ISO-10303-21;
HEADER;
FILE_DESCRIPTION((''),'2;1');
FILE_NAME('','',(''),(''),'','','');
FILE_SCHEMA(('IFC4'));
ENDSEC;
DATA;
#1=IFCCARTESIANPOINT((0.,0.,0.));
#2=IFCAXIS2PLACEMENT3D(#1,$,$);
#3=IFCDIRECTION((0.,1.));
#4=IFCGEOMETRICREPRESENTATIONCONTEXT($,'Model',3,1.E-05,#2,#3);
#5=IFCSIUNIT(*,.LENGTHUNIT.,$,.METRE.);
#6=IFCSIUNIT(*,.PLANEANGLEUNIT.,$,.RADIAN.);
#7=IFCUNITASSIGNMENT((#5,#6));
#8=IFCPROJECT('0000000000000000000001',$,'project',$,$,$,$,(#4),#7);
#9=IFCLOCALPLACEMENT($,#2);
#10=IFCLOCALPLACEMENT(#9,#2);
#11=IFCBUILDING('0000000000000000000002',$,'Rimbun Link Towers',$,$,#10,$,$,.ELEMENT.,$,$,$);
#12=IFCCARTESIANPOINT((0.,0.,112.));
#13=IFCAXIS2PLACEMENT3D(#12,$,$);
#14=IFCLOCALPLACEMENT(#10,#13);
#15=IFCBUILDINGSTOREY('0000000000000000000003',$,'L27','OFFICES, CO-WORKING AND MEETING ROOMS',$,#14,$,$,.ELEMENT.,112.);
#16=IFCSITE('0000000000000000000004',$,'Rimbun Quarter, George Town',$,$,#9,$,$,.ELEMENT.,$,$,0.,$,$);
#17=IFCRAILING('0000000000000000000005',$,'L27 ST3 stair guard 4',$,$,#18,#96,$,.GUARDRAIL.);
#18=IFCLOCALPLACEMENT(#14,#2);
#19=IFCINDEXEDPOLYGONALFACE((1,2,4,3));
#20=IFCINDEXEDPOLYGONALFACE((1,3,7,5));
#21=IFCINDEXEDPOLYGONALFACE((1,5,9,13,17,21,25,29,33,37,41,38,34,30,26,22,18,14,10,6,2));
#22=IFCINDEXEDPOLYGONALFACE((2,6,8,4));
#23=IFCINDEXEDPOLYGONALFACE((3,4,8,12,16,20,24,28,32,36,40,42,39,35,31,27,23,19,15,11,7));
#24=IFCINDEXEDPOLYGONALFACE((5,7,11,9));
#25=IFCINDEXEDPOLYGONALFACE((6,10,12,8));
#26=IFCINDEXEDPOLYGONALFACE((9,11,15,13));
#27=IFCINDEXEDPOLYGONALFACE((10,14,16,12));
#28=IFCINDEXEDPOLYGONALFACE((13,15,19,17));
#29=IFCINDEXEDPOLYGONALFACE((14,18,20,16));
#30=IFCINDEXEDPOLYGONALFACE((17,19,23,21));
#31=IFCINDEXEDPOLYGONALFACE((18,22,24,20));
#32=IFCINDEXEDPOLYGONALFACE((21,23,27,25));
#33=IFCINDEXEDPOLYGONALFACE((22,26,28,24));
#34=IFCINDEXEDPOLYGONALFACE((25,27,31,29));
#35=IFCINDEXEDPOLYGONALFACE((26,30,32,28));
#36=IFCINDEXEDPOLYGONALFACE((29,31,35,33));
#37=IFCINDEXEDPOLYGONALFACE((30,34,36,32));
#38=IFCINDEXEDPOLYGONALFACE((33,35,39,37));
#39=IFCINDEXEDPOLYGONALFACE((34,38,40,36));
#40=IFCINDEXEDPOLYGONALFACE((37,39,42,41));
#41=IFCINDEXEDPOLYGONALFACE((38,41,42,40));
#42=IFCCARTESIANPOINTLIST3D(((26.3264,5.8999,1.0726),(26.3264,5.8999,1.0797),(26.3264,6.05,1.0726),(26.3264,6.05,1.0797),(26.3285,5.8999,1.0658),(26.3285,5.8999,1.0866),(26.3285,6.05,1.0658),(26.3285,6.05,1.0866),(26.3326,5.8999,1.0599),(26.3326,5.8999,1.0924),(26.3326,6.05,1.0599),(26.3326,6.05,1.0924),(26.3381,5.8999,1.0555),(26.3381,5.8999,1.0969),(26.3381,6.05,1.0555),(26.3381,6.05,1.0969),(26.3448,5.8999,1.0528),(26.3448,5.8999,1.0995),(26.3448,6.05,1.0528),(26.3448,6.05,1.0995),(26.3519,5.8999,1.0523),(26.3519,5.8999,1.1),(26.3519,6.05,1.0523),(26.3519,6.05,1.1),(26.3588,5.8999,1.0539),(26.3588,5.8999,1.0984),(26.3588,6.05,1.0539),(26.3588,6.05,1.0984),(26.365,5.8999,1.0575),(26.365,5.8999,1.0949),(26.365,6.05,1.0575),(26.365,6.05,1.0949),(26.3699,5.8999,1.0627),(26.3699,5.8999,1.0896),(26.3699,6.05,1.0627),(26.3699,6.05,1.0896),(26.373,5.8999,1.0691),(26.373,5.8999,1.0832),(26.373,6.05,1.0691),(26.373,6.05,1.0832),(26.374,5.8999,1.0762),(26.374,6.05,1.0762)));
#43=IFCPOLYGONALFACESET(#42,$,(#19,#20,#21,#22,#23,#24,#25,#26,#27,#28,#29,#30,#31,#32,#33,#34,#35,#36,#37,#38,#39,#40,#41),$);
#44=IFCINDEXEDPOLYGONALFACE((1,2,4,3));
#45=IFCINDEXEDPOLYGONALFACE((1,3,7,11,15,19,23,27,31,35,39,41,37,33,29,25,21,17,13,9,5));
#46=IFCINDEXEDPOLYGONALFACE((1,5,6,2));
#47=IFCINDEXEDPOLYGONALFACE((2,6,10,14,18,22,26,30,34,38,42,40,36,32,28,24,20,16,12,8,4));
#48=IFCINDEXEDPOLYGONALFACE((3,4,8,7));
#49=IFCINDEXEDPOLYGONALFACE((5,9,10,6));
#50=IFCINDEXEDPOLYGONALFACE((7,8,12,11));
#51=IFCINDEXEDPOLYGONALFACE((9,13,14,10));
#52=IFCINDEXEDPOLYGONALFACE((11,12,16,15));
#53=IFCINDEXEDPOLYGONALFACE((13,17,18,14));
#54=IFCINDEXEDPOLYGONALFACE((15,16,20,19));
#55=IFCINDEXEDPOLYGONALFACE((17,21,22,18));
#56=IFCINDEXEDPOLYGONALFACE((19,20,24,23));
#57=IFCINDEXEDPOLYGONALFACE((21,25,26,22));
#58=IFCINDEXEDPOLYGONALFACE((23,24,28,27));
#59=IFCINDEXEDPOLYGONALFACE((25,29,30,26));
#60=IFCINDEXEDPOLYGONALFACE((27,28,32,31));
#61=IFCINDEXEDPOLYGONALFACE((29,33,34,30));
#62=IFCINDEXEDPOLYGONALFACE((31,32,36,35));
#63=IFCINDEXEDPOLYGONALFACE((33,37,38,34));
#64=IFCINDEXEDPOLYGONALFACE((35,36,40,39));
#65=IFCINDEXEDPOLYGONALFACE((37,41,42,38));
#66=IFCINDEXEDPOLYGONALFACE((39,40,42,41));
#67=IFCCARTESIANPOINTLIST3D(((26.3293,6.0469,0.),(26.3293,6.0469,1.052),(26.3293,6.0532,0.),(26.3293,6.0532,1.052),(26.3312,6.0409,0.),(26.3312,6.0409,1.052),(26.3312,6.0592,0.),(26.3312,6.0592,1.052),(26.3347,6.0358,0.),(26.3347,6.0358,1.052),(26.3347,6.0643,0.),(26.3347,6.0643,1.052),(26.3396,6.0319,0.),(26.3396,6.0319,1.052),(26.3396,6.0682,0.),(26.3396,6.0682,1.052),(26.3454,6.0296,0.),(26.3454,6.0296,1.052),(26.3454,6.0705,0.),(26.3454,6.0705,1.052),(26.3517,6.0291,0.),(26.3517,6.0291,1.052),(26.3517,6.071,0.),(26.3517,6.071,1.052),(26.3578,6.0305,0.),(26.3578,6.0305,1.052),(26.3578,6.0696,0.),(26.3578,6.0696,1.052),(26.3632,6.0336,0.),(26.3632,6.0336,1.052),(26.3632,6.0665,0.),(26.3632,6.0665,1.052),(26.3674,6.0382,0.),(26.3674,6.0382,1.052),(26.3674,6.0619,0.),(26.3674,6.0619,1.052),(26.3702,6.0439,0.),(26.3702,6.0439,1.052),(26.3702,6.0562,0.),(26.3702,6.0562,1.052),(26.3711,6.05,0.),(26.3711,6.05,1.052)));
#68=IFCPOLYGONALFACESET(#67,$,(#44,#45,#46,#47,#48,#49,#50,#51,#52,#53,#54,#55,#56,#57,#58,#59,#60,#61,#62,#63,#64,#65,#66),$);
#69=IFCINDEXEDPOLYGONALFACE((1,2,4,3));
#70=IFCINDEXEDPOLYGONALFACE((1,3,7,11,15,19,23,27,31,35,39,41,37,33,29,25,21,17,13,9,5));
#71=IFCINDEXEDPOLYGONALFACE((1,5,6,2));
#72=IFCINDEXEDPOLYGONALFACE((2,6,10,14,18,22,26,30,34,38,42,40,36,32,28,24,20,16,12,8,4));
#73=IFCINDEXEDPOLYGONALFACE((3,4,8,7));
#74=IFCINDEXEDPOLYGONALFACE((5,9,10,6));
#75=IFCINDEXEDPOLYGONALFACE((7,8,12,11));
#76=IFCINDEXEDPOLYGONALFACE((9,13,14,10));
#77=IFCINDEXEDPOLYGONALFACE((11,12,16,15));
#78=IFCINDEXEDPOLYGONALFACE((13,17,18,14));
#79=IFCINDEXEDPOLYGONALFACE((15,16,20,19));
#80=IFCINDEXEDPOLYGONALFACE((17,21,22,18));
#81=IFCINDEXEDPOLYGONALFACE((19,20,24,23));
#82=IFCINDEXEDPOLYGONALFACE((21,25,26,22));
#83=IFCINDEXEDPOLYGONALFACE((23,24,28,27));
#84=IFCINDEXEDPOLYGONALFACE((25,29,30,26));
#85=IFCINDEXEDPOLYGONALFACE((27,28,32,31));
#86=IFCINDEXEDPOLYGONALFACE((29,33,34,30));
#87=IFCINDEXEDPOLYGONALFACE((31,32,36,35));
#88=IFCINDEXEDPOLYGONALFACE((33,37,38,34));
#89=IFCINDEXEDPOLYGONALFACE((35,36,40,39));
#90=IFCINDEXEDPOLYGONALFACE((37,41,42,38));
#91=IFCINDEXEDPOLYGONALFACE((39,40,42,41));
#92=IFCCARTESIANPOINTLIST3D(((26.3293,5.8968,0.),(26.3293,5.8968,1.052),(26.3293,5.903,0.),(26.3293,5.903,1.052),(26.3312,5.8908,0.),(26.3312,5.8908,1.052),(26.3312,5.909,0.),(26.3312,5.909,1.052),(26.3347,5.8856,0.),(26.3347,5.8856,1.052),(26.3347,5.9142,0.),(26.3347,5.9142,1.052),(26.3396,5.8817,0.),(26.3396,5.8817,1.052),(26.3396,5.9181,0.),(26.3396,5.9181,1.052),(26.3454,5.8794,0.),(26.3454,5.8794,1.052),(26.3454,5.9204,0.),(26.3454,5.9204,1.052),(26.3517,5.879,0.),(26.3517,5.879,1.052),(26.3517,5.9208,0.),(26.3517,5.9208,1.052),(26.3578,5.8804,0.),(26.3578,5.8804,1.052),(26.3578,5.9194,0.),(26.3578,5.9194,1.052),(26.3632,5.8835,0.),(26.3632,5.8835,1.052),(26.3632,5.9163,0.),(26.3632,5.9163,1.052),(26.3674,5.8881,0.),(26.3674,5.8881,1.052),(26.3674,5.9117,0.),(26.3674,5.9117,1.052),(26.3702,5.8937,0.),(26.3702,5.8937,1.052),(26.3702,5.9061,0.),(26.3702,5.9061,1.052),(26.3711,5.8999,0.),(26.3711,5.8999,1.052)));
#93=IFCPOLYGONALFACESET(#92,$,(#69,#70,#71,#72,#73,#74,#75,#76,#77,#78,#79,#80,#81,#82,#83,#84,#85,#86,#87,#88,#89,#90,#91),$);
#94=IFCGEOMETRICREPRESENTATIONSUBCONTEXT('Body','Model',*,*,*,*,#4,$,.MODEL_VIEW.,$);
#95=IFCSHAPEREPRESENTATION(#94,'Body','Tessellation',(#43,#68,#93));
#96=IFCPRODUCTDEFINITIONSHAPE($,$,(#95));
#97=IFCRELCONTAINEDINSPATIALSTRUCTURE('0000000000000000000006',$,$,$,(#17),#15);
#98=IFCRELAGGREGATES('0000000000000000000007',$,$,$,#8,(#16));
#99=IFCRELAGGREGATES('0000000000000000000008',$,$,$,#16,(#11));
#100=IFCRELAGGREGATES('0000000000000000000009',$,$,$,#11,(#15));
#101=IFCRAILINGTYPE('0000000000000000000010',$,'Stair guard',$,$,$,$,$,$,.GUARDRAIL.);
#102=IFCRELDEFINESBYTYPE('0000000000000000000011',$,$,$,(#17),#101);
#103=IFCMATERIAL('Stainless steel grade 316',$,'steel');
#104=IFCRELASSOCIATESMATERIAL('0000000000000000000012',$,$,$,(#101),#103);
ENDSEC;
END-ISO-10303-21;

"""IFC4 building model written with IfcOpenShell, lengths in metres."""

from ifc_helpers import new_model, si_unit, direction, frame, origin, origin_2d, place, context, subcontext, project, spatial, circle, extrude, material, type_object, element, save


model = new_model("IFC4")

# Units and contexts
model_context = context("Model", 3, precision=1e-05, world=origin(), true_north=direction((0.0, 1.0)))
body_context = subcontext(model_context, "Body", "Model", "MODEL_VIEW")
ifc_project = project(units=[si_unit("LENGTHUNIT", "METRE"), si_unit("PLANEANGLEUNIT", "RADIAN")], contexts=[model_context])

# Site, building, storey
site_placement = place(None, origin())
site = spatial("IfcSite", under=ifc_project, at=site_placement, Name="Rimbun Quarter, George Town", CompositionType="ELEMENT", RefElevation=0.0)
building_placement = place(site_placement, origin())
building = spatial("IfcBuilding", under=site, at=building_placement, Name="Rimbun Link Towers", CompositionType="ELEMENT")
storey_placement = place(building_placement, frame((0.0, 0.0, 112.0)))
storey = spatial("IfcBuildingStorey", under=building, at=storey_placement, Name="L27", Description="OFFICES, CO-WORKING AND MEETING ROOMS", CompositionType="ELEMENT", Elevation=112.0)

# Railing
ifc_material_1 = material(Name="Stainless steel grade 316", Category="steel")
railing_type_1 = type_object("IfcRailingType", Name="Stair guard", PredefinedType="GUARDRAIL", material=ifc_material_1)
railing_1_placement = place(storey_placement, frame((26.3501, 6.05, 0.0)))
element("IfcRailing", 1, at=railing_1_placement, inside=storey, type_object=railing_type_1, Name="L27 ST3 stair guard 4", PredefinedType="GUARDRAIL", context=body_context, shape_type="SweptSolid", body=[
    extrude(circle(Radius=0.0239, at=origin_2d()), frame((0.0, 0.0, 1.0762), z_axis=(0.0, -1.0, 0.0), x_axis=(1.0, 0.0, 0.0)), (0.0, 0.0, 1.0), 0.1501),
    extrude(circle(Radius=0.021, at=origin_2d()), origin(), (0.0, 0.0, 1.0), 1.052),
    extrude(circle(Radius=0.021, at=origin_2d()), frame((0.0, -0.1501, 0.0)), (0.0, 0.0, 1.0), 1.052),
])

save(model, "model.ifc")
